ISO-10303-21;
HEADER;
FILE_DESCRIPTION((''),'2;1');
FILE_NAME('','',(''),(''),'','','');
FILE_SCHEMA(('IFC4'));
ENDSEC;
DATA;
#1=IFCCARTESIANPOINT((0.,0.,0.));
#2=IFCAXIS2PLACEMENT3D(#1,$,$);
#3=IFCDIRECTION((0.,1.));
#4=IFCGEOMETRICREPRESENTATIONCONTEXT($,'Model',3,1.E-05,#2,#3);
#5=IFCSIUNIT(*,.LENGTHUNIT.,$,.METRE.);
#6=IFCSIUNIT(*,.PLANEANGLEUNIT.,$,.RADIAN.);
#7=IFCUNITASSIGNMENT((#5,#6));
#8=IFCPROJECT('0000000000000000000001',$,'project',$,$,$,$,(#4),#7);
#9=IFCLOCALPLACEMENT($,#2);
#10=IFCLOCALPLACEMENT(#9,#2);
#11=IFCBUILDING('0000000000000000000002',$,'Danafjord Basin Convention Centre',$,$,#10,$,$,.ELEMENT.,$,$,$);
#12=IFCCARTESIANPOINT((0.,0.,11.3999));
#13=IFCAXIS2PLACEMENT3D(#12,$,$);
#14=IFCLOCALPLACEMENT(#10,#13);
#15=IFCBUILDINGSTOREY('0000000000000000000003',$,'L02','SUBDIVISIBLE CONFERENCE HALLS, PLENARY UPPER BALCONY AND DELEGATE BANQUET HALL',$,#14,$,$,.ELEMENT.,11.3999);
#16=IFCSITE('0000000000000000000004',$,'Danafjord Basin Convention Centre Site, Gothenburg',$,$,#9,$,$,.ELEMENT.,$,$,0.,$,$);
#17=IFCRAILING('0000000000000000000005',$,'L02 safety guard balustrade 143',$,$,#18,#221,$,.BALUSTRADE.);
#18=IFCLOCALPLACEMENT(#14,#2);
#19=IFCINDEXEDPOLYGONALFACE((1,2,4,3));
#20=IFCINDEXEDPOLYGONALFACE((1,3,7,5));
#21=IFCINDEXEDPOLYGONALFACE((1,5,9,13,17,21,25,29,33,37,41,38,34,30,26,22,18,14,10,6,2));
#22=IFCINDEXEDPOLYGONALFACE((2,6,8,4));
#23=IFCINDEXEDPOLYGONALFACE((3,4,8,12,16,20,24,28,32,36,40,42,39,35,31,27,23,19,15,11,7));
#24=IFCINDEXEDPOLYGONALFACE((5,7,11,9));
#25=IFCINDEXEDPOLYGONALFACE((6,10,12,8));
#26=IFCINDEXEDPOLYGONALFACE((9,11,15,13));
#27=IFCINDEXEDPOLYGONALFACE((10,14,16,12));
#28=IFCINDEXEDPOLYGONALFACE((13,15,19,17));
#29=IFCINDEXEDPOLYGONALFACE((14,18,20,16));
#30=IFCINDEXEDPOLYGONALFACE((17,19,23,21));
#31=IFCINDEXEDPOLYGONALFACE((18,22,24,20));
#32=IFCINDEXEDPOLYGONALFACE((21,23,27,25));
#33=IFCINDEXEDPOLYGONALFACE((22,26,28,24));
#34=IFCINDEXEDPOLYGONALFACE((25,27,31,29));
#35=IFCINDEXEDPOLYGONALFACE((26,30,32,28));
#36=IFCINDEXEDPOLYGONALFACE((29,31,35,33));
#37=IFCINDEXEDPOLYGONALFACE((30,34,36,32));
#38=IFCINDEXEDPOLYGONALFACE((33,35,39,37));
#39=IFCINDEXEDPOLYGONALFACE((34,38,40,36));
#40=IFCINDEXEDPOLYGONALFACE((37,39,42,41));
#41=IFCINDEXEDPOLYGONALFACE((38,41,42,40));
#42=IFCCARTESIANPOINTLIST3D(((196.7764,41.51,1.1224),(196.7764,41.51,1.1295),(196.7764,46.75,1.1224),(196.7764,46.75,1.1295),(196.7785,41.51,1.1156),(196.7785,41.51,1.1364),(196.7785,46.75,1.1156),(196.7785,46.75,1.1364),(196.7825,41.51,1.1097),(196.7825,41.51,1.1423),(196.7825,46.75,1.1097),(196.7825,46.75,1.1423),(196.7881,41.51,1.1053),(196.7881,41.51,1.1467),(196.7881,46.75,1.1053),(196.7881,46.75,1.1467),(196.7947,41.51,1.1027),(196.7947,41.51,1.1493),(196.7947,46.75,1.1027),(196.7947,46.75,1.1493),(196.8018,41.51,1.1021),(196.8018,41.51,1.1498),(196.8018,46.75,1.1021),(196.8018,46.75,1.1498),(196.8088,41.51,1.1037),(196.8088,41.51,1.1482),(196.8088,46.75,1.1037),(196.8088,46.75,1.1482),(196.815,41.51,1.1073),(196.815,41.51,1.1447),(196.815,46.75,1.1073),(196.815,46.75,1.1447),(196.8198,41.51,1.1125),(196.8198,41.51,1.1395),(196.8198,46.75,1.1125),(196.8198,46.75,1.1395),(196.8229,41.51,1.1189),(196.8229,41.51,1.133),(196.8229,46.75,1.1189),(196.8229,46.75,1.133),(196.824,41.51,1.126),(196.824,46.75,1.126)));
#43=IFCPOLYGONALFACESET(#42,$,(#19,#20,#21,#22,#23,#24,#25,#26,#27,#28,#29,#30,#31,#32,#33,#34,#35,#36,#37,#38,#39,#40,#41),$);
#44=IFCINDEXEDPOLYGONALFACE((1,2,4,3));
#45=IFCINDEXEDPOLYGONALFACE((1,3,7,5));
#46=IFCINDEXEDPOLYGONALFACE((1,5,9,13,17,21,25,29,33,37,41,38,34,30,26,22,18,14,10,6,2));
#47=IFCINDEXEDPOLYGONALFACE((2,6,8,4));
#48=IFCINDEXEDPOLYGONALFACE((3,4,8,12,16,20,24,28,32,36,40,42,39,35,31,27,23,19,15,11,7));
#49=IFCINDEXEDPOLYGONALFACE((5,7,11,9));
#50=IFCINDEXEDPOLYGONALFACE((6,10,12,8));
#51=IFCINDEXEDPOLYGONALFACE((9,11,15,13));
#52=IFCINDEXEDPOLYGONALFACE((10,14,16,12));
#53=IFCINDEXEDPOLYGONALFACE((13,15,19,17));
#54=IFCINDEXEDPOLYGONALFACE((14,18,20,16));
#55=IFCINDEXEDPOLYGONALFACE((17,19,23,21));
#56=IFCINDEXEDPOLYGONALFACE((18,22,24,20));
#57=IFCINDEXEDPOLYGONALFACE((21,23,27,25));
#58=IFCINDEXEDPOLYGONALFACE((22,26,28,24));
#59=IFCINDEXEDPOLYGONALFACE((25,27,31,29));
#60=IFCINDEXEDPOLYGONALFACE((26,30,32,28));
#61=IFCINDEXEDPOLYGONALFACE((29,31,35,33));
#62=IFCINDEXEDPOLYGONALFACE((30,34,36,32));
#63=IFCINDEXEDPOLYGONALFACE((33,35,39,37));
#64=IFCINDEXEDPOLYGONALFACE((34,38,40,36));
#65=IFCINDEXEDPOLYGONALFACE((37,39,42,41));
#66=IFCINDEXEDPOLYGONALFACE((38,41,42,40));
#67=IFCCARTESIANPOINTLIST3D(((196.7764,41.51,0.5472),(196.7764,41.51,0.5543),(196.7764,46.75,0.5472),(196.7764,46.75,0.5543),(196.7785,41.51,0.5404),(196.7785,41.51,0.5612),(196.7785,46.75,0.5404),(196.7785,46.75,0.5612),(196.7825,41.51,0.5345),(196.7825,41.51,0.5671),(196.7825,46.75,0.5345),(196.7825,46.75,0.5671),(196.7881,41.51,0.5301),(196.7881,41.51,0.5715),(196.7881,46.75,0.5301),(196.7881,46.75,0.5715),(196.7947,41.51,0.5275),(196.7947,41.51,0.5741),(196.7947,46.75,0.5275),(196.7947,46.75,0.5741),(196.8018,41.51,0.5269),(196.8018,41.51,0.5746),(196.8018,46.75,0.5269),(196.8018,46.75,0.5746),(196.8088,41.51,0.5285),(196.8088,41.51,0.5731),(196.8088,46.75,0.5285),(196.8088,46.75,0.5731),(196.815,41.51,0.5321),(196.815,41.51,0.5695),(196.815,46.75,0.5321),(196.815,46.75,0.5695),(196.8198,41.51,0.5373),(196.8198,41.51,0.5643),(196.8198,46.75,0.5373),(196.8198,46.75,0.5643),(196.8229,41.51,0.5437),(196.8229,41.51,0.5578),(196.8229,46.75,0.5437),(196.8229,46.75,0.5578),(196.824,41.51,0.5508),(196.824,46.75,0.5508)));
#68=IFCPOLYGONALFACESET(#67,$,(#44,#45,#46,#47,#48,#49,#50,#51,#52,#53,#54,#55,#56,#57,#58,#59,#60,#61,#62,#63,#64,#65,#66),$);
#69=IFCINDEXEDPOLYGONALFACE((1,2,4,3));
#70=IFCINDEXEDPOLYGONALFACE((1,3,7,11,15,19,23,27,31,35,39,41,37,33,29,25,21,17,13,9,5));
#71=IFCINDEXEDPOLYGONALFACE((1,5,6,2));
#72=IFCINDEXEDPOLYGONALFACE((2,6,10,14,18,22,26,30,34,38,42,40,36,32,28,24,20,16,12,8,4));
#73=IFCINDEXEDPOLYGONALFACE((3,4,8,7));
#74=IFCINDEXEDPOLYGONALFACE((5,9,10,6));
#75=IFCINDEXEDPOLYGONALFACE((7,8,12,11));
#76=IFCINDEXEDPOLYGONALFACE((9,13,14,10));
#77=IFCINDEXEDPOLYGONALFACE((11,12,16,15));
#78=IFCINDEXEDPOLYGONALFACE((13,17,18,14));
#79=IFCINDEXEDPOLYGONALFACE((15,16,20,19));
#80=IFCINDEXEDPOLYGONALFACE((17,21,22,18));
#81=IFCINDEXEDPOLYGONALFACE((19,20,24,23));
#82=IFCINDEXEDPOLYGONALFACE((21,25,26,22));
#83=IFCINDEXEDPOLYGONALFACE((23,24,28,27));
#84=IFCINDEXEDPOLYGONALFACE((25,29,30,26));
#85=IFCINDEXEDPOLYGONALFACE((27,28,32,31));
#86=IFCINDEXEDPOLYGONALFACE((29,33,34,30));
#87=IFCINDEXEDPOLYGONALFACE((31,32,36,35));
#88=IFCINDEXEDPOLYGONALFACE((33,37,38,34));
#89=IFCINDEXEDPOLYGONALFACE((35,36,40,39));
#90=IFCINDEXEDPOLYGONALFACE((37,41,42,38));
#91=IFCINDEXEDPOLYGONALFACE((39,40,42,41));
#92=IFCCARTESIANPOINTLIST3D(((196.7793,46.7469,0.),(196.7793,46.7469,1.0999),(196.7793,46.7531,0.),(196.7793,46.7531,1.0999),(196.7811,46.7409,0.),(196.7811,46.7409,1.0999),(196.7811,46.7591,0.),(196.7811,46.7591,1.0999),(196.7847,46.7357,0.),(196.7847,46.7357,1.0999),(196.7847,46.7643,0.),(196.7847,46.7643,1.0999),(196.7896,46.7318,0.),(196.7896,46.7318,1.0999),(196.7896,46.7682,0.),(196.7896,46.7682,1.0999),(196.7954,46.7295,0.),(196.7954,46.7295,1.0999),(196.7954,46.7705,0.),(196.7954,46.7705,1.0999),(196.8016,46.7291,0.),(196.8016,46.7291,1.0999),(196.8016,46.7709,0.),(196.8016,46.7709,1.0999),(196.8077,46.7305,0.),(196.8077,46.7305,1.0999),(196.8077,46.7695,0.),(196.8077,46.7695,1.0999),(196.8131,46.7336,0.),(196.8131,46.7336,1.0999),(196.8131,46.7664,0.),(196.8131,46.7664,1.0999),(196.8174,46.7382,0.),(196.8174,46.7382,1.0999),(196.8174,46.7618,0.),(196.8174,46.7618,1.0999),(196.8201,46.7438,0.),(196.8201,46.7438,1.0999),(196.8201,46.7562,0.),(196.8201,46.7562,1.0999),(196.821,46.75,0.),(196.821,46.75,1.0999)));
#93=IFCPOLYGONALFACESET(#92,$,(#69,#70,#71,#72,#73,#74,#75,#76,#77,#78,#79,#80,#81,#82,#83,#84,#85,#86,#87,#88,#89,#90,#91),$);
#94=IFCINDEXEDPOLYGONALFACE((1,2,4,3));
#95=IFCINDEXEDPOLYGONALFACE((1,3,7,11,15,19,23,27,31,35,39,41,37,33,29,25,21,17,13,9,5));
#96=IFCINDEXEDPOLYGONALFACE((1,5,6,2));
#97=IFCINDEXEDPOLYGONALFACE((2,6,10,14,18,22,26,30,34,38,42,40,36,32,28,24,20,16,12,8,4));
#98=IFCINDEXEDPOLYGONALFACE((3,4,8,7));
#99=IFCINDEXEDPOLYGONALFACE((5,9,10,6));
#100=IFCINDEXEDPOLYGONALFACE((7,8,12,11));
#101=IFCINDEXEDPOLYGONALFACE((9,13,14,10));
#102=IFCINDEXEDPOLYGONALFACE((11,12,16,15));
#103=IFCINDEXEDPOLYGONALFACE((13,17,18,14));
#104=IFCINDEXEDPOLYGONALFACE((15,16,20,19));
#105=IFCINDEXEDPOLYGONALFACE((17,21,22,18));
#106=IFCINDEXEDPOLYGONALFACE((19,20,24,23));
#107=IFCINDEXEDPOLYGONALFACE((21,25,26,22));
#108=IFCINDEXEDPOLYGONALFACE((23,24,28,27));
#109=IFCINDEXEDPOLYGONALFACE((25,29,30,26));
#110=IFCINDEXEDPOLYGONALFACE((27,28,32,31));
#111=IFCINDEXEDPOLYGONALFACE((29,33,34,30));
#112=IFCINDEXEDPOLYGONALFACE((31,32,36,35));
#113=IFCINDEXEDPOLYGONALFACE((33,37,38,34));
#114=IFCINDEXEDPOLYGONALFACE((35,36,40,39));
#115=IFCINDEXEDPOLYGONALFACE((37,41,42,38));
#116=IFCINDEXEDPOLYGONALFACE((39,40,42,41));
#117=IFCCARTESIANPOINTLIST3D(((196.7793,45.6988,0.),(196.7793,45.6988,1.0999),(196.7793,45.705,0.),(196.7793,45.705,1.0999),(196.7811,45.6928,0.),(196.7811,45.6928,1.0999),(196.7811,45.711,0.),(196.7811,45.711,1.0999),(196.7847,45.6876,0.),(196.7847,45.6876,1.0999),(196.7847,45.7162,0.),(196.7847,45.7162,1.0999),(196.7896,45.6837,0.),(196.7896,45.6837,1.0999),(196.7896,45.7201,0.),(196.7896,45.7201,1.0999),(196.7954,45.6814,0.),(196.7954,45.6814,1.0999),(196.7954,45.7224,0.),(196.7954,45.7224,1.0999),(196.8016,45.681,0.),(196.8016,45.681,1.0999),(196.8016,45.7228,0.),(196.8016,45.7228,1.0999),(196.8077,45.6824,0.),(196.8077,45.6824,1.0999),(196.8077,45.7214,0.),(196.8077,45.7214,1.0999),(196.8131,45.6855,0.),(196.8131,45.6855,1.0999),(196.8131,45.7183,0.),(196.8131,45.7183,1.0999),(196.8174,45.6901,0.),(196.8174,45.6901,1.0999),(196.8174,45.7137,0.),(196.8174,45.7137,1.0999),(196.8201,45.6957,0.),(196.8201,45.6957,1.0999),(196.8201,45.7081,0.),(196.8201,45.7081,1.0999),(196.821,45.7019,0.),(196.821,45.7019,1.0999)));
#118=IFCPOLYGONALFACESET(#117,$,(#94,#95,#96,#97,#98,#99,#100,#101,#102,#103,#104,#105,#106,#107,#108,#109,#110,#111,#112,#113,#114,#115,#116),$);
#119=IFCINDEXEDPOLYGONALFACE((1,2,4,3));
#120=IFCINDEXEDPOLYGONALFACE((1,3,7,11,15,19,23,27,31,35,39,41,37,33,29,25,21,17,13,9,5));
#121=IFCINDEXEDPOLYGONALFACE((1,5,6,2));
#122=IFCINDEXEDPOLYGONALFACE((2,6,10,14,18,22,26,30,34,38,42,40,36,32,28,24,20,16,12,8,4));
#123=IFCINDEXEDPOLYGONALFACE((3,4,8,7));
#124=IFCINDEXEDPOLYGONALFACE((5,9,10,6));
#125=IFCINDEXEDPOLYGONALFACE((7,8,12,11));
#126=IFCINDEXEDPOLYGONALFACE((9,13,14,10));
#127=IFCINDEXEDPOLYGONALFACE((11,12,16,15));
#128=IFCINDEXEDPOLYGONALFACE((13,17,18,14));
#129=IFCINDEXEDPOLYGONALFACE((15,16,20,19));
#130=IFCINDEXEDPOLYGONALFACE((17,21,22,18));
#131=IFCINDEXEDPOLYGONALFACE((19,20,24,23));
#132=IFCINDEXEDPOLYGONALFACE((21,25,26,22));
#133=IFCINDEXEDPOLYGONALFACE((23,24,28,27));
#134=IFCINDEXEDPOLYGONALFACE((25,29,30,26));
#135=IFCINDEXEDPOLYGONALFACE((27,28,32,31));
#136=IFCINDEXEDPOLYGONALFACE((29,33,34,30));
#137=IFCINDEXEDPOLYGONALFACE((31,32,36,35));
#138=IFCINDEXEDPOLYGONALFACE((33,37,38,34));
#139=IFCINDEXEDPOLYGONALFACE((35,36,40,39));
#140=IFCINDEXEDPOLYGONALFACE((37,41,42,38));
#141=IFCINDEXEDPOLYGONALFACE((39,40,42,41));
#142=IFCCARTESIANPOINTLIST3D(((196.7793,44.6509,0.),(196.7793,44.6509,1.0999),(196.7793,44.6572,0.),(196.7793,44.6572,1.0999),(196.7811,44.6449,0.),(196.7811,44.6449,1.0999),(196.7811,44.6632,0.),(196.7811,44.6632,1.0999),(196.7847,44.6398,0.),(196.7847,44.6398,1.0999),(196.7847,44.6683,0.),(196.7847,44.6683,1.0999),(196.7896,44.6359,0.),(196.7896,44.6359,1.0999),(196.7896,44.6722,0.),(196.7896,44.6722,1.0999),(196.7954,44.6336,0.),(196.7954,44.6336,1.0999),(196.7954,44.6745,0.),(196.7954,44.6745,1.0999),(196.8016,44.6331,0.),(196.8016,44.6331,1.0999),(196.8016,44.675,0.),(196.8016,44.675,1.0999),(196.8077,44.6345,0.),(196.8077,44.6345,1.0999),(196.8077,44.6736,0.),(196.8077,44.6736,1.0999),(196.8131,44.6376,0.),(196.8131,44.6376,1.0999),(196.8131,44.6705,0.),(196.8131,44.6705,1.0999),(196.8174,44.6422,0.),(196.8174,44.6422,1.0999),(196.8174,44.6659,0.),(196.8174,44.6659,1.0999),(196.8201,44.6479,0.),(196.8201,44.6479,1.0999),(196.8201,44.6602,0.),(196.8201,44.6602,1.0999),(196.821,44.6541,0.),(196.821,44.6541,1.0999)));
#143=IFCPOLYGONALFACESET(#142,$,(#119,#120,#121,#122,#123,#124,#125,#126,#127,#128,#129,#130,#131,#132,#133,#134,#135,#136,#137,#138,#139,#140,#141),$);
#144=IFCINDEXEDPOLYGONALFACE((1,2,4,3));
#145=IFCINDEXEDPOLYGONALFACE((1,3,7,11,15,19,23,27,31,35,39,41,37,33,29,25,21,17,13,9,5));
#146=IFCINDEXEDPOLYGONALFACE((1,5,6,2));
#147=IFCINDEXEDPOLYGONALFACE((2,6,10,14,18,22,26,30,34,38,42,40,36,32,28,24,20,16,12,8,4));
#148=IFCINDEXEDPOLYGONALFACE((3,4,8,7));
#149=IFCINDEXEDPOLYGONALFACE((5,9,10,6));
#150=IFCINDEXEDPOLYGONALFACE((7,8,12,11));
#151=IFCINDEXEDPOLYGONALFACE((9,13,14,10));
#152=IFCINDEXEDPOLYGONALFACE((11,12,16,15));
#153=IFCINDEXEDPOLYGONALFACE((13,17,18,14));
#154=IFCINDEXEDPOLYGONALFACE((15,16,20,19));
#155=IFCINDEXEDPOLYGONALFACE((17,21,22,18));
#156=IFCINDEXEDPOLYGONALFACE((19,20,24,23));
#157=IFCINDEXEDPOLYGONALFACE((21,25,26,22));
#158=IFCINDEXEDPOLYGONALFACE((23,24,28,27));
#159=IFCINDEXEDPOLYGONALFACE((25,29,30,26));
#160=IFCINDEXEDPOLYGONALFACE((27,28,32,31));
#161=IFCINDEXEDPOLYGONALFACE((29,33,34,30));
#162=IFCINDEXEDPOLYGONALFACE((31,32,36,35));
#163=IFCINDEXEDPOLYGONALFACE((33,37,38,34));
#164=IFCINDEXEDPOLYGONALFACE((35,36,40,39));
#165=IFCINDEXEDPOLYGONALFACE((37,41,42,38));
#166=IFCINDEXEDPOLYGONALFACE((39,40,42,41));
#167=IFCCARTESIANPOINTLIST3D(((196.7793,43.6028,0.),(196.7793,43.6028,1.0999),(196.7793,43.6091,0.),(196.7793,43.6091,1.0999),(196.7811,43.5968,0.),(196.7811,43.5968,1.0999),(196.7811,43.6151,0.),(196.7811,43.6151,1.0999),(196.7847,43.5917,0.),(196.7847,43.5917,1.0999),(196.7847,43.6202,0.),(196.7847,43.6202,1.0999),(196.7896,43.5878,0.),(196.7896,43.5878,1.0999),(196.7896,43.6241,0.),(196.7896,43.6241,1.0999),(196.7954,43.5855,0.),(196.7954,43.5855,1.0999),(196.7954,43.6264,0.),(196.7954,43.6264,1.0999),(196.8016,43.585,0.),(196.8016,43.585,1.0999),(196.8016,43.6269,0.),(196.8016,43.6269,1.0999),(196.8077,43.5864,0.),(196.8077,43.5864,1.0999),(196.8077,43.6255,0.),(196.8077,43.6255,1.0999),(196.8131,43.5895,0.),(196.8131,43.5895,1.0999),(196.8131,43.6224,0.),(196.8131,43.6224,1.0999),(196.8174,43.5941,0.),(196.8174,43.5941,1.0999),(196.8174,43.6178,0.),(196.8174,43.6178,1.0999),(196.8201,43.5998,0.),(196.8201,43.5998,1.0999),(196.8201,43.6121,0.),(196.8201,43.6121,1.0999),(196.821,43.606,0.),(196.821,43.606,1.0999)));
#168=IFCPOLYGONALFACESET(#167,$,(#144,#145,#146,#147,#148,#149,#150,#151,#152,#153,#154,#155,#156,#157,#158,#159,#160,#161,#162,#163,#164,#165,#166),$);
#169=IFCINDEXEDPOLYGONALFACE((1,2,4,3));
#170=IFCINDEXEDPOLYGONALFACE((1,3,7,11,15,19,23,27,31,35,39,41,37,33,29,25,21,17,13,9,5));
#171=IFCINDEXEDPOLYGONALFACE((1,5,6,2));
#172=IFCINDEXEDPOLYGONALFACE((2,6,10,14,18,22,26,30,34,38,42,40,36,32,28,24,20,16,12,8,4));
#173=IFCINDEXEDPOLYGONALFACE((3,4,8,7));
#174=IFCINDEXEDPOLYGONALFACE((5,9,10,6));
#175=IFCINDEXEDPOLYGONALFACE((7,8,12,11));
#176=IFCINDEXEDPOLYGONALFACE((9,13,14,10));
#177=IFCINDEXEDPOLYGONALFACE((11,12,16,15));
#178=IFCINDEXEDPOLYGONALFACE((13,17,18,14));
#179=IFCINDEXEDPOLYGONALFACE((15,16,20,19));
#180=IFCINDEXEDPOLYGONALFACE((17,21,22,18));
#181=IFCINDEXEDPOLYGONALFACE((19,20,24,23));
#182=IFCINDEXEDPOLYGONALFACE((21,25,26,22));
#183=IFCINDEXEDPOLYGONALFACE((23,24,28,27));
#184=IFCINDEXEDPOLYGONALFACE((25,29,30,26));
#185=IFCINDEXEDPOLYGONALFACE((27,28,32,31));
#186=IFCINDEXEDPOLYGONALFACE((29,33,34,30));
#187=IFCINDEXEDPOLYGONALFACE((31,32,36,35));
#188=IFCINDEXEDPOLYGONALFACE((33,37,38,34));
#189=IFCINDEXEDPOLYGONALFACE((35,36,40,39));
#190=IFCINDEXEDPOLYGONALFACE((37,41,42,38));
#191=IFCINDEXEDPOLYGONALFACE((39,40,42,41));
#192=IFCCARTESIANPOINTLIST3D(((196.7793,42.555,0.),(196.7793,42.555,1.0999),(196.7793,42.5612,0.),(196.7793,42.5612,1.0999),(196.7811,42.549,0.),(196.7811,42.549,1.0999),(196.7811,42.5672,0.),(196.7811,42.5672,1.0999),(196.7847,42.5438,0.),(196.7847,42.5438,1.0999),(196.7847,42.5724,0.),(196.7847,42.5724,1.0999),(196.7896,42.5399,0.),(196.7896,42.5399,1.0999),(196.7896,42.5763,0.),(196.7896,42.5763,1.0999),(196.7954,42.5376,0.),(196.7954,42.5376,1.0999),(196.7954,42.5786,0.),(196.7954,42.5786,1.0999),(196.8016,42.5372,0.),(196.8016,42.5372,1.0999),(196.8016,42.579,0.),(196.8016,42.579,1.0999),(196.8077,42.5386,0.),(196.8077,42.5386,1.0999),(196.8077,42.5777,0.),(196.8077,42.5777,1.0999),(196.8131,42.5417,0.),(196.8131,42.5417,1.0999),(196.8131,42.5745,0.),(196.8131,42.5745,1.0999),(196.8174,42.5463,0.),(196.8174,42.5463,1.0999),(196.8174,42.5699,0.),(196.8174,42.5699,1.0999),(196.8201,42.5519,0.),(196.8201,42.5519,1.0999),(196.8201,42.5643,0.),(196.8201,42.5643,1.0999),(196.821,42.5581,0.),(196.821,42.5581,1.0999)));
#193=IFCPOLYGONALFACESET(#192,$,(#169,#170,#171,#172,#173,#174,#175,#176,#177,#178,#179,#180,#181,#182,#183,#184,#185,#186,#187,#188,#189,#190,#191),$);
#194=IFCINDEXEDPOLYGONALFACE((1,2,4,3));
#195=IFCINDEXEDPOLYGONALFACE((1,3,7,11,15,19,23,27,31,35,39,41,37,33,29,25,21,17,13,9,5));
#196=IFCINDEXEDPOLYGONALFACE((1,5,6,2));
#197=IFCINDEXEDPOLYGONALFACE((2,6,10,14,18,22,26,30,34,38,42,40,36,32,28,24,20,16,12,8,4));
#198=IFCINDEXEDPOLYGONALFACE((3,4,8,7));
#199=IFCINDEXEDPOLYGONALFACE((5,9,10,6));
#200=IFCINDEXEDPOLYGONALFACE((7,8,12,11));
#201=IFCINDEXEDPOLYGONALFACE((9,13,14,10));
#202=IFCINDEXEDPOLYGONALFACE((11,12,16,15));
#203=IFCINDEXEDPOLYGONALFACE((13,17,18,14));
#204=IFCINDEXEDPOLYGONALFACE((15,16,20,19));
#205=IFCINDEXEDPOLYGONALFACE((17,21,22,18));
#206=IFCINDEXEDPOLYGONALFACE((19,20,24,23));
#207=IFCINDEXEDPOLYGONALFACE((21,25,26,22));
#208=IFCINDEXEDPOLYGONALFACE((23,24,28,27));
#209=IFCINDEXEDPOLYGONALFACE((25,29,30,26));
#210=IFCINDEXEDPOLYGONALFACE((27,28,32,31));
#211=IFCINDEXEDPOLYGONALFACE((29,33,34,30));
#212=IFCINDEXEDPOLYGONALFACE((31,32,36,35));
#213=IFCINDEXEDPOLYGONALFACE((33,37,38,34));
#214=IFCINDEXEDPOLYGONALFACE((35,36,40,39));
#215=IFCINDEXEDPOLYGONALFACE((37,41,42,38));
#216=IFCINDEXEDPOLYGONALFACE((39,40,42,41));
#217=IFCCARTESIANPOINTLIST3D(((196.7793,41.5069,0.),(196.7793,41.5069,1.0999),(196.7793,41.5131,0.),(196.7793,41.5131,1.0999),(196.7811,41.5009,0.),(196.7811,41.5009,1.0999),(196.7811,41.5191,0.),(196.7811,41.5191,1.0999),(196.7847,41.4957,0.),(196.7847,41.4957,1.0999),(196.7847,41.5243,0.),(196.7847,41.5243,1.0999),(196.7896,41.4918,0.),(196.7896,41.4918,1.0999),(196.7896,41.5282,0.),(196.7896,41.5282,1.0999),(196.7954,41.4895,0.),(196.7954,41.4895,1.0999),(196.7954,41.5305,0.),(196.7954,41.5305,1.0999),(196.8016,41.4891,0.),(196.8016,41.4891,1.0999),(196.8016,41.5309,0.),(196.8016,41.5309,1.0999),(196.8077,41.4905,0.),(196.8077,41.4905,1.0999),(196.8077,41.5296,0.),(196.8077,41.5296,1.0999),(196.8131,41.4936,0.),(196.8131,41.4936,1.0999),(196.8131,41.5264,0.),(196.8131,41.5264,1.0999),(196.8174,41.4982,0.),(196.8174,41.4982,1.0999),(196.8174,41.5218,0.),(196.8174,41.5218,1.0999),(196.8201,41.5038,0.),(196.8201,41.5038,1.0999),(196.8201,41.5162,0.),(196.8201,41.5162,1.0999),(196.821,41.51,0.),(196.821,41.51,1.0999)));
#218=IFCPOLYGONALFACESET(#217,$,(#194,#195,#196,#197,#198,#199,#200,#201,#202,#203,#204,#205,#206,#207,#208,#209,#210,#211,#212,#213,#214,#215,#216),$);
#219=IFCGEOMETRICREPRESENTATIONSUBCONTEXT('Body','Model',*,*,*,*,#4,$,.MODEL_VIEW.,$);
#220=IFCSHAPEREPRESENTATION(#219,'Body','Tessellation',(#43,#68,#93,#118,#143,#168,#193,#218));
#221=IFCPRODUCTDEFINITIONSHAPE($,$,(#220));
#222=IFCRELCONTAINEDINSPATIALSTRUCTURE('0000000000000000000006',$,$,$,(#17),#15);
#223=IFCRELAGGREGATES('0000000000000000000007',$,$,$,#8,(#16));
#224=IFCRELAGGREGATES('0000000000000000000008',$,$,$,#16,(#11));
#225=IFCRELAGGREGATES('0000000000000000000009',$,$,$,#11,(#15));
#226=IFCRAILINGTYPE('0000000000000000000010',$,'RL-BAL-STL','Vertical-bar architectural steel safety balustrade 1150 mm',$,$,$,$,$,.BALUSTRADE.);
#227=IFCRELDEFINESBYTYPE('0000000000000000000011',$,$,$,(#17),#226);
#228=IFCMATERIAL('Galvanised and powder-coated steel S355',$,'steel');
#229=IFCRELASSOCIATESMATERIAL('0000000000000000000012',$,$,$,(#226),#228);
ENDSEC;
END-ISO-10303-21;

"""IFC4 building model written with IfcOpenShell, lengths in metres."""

from ifc_helpers import new_model, si_unit, direction, frame, origin, origin_2d, place, context, subcontext, project, spatial, circle, extrude, material, type_object, element, save


model = new_model("IFC4")

# Units and contexts
model_context = context("Model", 3, precision=1e-05, world=origin(), true_north=direction((0.0, 1.0)))
body_context = subcontext(model_context, "Body", "Model", "MODEL_VIEW")
ifc_project = project(units=[si_unit("LENGTHUNIT", "METRE"), si_unit("PLANEANGLEUNIT", "RADIAN")], contexts=[model_context])

# Site, building, storey
site_placement = place(None, origin())
site = spatial("IfcSite", under=ifc_project, at=site_placement, Name="Danafjord Basin Convention Centre Site, Gothenburg", CompositionType="ELEMENT", RefElevation=0.0)
building_placement = place(site_placement, origin())
building = spatial("IfcBuilding", under=site, at=building_placement, Name="Danafjord Basin Convention Centre", CompositionType="ELEMENT")
storey_placement = place(building_placement, frame((0.0, 0.0, 11.3999)))
storey = spatial("IfcBuildingStorey", under=building, at=storey_placement, Name="L02", Description="SUBDIVISIBLE CONFERENCE HALLS, PLENARY UPPER BALCONY AND DELEGATE BANQUET HALL", CompositionType="ELEMENT", Elevation=11.3999)

# Railing
ifc_material_1 = material(Name="Galvanised and powder-coated steel S355", Category="steel")
railing_type_1 = type_object("IfcRailingType", Name="RL-BAL-STL", Description="Vertical-bar architectural steel safety balustrade 1150 mm", PredefinedType="BALUSTRADE", material=ifc_material_1)
railing_1_placement = place(storey_placement, frame((196.8, 46.75, 0.0)))
element("IfcRailing", 1, at=railing_1_placement, inside=storey, type_object=railing_type_1, Name="L02 safety guard balustrade 143", PredefinedType="BALUSTRADE", context=body_context, shape_type="SweptSolid", body=[
    extrude(circle(Radius=0.0239, at=origin_2d()), frame((0.0, 0.0, 1.126), z_axis=(0.0, -1.0, 0.0), x_axis=(1.0, 0.0, 0.0)), (0.0, 0.0, 1.0), 5.24),
    extrude(circle(Radius=0.0239, at=origin_2d()), frame((0.0, 0.0, 0.5508), z_axis=(0.0, -1.0, 0.0), x_axis=(1.0, 0.0, 0.0)), (0.0, 0.0, 1.0), 5.24),
    extrude(circle(Radius=0.021, at=origin_2d()), origin(), (0.0, 0.0, 1.0), 1.0999),
    extrude(circle(Radius=0.021, at=origin_2d()), frame((0.0, -1.0481, 0.0)), (0.0, 0.0, 1.0), 1.0999),
    extrude(circle(Radius=0.021, at=origin_2d()), frame((0.0, -2.0959, 0.0)), (0.0, 0.0, 1.0), 1.0999),
    extrude(circle(Radius=0.021, at=origin_2d()), frame((0.0, -3.144, 0.0)), (0.0, 0.0, 1.0), 1.0999),
    extrude(circle(Radius=0.021, at=origin_2d()), frame((0.0, -4.1919, 0.0)), (0.0, 0.0, 1.0), 1.0999),
    extrude(circle(Radius=0.021, at=origin_2d()), frame((0.0, -5.24, 0.0)), (0.0, 0.0, 1.0), 1.0999),
])

save(model, "model.ifc")
